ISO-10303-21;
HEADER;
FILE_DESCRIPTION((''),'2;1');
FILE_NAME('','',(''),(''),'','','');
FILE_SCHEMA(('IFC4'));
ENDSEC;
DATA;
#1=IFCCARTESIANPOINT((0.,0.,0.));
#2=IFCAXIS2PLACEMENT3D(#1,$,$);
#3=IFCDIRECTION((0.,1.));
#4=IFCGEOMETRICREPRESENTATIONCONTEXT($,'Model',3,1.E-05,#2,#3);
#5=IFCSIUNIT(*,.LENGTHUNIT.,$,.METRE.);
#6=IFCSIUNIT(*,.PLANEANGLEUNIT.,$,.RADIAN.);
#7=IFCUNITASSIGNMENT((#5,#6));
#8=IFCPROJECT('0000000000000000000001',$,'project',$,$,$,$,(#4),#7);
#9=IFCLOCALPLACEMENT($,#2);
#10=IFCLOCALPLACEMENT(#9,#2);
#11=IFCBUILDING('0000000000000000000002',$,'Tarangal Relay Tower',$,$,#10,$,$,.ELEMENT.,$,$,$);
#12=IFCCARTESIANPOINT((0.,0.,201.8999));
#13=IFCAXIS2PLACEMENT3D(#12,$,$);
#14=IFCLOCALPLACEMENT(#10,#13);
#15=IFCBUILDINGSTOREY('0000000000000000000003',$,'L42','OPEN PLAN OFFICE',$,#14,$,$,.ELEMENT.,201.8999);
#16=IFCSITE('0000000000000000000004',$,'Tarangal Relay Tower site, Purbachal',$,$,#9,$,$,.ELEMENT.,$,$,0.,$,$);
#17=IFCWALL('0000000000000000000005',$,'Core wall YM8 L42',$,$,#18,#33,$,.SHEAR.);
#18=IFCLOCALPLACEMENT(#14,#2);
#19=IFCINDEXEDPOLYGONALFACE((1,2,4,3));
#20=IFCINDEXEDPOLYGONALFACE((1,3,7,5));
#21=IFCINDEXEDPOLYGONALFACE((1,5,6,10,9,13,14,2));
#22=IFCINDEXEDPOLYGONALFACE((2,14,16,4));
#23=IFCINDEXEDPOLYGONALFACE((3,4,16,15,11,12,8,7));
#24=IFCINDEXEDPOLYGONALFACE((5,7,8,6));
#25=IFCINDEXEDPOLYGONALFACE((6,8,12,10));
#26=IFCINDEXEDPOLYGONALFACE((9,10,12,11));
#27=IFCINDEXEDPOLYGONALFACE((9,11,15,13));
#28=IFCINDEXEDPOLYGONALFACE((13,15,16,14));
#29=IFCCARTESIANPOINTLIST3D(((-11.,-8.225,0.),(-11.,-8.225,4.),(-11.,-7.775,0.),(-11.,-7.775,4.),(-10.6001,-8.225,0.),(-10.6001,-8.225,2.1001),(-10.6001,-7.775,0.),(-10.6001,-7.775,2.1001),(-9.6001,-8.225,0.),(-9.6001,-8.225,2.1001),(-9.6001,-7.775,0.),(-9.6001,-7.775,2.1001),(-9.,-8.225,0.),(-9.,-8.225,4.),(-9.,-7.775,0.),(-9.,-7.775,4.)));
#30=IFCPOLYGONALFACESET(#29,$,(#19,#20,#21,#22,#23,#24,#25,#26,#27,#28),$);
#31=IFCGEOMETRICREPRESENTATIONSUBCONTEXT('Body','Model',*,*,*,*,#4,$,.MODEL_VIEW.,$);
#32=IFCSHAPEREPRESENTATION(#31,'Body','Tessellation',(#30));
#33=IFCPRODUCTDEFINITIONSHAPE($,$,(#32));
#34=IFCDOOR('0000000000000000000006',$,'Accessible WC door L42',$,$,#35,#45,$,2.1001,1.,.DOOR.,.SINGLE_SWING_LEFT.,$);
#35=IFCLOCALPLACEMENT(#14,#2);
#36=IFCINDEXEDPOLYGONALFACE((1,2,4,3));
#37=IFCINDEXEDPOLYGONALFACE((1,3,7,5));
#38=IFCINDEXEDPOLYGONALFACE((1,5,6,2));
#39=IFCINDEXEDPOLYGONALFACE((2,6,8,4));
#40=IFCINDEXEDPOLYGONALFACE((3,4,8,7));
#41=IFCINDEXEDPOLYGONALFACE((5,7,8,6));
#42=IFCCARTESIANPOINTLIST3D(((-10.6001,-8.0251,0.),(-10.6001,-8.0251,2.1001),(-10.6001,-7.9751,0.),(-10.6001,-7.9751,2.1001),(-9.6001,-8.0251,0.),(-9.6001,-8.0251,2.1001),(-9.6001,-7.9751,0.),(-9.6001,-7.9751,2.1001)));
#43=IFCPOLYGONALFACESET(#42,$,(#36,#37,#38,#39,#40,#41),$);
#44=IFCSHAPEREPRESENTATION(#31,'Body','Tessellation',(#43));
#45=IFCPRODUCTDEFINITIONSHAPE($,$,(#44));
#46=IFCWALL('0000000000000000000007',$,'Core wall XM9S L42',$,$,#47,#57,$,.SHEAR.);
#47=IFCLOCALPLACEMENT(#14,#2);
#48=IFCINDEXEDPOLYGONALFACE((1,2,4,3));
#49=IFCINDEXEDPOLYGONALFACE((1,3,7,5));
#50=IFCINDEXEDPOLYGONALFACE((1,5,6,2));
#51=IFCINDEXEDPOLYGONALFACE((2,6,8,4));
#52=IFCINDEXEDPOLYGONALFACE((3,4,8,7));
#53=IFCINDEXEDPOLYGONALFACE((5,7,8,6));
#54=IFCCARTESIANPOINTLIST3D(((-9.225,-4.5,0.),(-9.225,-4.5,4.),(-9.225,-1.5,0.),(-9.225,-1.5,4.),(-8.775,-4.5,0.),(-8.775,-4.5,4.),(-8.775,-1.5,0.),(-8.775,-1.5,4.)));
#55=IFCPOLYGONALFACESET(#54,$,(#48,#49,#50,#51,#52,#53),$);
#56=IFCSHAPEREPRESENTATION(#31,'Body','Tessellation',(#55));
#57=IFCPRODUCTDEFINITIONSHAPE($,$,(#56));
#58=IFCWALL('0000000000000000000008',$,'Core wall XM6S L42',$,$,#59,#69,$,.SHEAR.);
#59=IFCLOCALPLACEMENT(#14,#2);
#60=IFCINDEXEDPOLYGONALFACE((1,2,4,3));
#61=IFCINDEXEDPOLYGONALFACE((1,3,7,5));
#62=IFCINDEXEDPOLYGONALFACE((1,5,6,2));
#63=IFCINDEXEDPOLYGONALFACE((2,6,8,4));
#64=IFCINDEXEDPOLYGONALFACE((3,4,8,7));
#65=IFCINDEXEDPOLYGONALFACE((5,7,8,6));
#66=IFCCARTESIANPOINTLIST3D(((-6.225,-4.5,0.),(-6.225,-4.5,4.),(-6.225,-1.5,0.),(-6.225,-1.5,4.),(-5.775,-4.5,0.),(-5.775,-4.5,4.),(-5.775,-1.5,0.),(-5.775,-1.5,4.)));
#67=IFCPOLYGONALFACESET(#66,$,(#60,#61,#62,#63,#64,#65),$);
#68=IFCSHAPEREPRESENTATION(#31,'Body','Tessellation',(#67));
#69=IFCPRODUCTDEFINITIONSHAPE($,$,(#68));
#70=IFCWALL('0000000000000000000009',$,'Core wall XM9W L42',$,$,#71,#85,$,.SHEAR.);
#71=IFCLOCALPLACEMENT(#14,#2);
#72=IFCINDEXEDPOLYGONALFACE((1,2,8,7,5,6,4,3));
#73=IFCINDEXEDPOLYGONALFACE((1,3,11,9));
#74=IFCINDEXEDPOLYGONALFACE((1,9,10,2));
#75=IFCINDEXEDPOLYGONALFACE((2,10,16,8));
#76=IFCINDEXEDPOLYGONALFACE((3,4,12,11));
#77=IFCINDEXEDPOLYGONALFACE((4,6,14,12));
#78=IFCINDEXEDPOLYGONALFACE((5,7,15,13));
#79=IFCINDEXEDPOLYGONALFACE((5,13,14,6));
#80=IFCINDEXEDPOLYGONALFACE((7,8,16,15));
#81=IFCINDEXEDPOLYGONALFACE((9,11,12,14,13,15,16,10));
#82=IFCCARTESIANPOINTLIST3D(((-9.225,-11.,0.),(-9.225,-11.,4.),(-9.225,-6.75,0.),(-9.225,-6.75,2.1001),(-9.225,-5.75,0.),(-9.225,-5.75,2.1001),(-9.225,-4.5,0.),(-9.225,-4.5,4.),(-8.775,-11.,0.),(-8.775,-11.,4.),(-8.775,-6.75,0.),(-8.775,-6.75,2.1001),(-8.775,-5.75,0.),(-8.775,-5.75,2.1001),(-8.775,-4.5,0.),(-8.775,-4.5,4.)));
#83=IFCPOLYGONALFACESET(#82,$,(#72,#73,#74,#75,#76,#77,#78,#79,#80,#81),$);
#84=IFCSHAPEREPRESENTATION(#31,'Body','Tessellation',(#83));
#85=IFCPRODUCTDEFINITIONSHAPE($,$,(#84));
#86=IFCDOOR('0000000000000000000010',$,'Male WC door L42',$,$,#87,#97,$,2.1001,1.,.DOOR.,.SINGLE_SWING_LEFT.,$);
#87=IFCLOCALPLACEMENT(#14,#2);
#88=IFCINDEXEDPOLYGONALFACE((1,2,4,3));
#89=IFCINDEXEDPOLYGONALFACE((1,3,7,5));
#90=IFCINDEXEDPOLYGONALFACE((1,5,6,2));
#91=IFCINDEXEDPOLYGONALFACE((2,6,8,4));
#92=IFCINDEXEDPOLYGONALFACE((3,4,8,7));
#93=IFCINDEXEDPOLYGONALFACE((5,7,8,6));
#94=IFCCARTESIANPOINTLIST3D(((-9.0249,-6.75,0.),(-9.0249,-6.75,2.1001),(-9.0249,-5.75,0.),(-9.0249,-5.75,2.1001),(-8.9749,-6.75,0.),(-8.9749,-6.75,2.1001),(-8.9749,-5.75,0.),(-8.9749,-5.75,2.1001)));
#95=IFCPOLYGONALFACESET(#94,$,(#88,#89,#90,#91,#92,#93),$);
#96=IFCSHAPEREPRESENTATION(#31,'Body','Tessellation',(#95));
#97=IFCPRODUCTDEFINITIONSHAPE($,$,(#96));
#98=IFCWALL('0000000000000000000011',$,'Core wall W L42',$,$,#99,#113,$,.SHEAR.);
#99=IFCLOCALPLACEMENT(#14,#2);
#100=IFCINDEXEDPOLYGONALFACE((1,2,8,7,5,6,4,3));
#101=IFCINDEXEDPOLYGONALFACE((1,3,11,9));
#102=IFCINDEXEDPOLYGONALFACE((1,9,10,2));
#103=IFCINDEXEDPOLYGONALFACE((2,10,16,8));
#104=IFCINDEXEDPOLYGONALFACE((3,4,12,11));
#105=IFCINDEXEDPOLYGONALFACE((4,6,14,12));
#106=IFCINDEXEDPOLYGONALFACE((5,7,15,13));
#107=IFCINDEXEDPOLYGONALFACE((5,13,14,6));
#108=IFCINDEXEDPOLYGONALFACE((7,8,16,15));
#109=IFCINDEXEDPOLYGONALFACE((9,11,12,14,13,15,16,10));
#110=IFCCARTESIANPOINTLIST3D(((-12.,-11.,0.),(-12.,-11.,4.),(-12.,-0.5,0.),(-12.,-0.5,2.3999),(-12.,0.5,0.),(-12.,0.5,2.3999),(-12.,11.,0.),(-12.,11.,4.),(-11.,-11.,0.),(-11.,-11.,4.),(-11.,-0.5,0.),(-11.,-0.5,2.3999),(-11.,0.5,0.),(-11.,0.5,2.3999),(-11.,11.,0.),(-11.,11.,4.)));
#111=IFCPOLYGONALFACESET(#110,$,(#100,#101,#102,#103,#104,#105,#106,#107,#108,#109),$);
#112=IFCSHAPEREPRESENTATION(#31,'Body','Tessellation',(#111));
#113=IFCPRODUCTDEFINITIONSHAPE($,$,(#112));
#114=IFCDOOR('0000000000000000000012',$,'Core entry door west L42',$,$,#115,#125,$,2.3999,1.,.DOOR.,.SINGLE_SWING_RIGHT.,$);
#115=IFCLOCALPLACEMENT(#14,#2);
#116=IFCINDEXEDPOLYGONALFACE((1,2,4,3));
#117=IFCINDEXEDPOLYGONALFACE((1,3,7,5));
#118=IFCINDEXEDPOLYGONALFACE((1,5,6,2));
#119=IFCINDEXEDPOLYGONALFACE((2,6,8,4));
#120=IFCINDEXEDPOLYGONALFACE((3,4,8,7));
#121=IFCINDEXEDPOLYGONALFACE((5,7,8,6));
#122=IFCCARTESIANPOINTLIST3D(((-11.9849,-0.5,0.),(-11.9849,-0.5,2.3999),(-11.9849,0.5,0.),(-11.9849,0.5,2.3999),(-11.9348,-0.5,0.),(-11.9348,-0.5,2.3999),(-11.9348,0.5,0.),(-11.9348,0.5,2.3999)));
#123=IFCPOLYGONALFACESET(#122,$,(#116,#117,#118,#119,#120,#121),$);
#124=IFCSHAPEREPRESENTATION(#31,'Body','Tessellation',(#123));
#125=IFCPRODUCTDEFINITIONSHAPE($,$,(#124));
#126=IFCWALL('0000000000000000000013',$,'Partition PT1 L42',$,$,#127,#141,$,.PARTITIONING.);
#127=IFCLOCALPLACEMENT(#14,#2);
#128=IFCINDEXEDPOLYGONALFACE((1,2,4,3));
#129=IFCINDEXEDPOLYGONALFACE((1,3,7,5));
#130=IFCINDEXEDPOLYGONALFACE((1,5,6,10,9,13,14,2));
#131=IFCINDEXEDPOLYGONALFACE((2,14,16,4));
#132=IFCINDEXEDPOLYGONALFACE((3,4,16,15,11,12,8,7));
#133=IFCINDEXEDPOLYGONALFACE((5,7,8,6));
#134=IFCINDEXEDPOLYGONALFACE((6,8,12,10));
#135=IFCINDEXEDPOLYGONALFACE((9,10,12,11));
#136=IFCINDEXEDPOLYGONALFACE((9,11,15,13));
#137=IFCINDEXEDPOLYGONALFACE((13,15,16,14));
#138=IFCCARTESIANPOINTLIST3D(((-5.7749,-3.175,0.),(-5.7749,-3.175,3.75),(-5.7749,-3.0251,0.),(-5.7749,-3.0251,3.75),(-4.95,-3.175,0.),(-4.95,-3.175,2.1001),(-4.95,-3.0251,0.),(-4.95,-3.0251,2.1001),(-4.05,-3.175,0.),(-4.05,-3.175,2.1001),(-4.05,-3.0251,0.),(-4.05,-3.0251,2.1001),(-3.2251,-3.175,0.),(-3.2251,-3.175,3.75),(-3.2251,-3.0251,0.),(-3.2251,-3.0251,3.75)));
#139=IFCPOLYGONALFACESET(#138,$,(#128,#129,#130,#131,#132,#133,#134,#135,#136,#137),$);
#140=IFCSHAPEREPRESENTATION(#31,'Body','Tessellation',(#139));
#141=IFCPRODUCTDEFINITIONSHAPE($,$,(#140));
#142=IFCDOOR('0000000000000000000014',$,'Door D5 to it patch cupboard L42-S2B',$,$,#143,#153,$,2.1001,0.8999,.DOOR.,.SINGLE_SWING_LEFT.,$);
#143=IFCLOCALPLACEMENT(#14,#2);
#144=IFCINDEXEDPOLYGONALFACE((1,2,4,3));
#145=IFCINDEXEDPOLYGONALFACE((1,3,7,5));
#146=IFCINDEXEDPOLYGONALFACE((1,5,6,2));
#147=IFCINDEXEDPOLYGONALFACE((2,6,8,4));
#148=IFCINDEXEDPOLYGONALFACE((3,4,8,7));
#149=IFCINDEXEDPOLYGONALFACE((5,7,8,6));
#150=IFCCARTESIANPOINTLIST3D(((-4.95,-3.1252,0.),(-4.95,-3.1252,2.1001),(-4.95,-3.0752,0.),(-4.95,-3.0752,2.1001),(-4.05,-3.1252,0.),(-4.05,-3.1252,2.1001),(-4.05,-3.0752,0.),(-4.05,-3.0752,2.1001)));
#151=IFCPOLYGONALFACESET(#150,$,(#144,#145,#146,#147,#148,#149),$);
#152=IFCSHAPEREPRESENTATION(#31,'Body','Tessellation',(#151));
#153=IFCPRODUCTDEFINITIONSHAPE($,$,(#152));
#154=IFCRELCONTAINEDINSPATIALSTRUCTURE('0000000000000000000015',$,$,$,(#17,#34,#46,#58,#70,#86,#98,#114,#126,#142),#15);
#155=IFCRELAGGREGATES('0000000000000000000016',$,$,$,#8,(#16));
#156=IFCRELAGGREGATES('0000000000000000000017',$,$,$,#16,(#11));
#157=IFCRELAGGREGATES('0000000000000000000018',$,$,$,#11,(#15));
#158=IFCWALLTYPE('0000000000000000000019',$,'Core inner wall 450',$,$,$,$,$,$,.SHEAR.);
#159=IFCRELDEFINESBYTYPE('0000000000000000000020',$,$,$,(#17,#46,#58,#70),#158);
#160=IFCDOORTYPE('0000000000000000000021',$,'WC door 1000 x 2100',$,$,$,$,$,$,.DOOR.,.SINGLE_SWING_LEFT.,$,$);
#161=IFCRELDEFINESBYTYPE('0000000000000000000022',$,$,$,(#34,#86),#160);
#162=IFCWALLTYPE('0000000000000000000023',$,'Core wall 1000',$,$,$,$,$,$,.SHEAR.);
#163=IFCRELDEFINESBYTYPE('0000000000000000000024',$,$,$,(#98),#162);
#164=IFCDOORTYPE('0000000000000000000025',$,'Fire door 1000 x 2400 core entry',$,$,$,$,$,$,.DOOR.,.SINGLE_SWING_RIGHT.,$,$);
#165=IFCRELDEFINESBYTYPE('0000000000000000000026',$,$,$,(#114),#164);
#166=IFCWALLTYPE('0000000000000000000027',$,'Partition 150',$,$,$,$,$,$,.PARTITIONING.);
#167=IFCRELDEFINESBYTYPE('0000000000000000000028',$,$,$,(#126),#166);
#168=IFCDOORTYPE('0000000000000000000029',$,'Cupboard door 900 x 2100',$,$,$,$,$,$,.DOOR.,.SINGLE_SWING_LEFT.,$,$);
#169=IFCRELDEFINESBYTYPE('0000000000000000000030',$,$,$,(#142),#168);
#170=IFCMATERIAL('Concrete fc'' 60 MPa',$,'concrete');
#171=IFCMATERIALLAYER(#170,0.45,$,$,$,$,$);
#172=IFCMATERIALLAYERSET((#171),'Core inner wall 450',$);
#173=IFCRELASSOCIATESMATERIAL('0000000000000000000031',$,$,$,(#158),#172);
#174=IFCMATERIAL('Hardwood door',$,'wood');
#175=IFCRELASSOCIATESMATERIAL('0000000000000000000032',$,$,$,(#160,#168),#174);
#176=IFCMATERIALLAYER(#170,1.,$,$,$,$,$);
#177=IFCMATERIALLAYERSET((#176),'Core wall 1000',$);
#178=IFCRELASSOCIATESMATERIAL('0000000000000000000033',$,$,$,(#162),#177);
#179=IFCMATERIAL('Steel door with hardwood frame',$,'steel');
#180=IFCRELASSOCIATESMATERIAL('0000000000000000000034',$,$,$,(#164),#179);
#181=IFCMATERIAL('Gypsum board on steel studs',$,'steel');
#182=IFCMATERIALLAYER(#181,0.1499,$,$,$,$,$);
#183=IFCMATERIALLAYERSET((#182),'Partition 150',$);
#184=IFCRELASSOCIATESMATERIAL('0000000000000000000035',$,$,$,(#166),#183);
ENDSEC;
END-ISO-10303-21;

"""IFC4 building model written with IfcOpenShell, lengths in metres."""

from ifc_helpers import new_model, si_unit, direction, frame, frame_2d, origin, place, context, subcontext, project, spatial, rectangle, extrude, material, layer, layer_set, type_object, element, fill, save


model = new_model("IFC4")

# Units and contexts
model_context = context("Model", 3, precision=1e-05, world=origin(), true_north=direction((0.0, 1.0)))
body_context = subcontext(model_context, "Body", "Model", "MODEL_VIEW")
ifc_project = project(units=[si_unit("LENGTHUNIT", "METRE"), si_unit("PLANEANGLEUNIT", "RADIAN")], contexts=[model_context])

# Site, building, storey
site_placement = place(None, origin())
site = spatial("IfcSite", under=ifc_project, at=site_placement, Name="Tarangal Relay Tower site, Purbachal", CompositionType="ELEMENT", RefElevation=0.0)
building_placement = place(site_placement, origin())
building = spatial("IfcBuilding", under=site, at=building_placement, Name="Tarangal Relay Tower", CompositionType="ELEMENT")
storey_placement = place(building_placement, frame((0.0, 0.0, 201.8999)))
storey = spatial("IfcBuildingStorey", under=building, at=storey_placement, Name="L42", Description="OPEN PLAN OFFICE", CompositionType="ELEMENT", Elevation=201.8999)

# Shared definitions
ifc_material_1 = material(Name="Concrete fc' 60 MPa", Category="concrete")
ifc_layer_1 = layer(ifc_material_1, 0.45)
ifc_layer_set_1 = layer_set([ifc_layer_1], Name="Core inner wall 450")
wall_type_1 = type_object("IfcWallType", Name="Core inner wall 450", PredefinedType="SHEAR", material=ifc_layer_set_1)
ifc_material_2 = material(Name="Steel door with hardwood frame", Category="steel")

# Wall, opening, door
wall_1_placement = place(storey_placement, frame((-11.0, -8.0, 0.0), z_axis=(0.0, 0.0, 1.0), x_axis=(1.0, 0.0, 0.0)))
wall_1 = element("IfcWall", 1, at=wall_1_placement, inside=storey, type_object=wall_type_1, Name="Core wall YM8 L42", PredefinedType="SHEAR", context=body_context, shape_type="SweptSolid", body=[
    extrude(rectangle(XDim=2.0, YDim=0.45, at=frame_2d((1.0, 0.0))), origin(), (0.0, 0.0, 1.0), 4.0),
])
opening_1_placement = place(wall_1_placement, frame((0.3999, 0.0, 0.0)))
opening_1 = element("IfcOpeningElement", 2, at=opening_1_placement, cuts=wall_1, PredefinedType="OPENING", context=body_context, shape_type="SweptSolid", body=[
    extrude(rectangle(XDim=1.0, YDim=2.1001, at=frame_2d((0.5, 1.05))), frame((0.0, 0.2349, 0.0), z_axis=(0.0, -1.0, 0.0), x_axis=(1.0, 0.0, 0.0)), (0.0, 0.0, 1.0), 0.47),
])
ifc_material_3 = material(Name="Hardwood door", Category="wood")
door_type_1 = type_object("IfcDoorType", Name="WC door 1000 x 2100", OperationType="SINGLE_SWING_LEFT", PredefinedType="DOOR", material=ifc_material_3)
door_1_placement = place(opening_1_placement, origin())
door_1 = element("IfcDoor", 3, at=door_1_placement, inside=storey, type_object=door_type_1, Name="Accessible WC door L42", OperationType="SINGLE_SWING_LEFT", OverallHeight=2.1001, OverallWidth=1.0, PredefinedType="DOOR", context=body_context, shape_type="SweptSolid", body=[
    extrude(rectangle(XDim=1.0, YDim=2.1001, at=frame_2d((0.5, 1.05))), frame((0.0, 0.0249, 0.0), z_axis=(0.0, -1.0, 0.0), x_axis=(1.0, 0.0, 0.0)), (0.0, 0.0, 1.0), 0.05),
])
fill(opening_1, door_1)

# Walls
for number, where, z_axis, x_axis, name in (
    (4, (-9.0, -4.5, 0.0), (0.0, 0.0, 1.0), (0.0, 1.0, 0.0), "Core wall XM9S L42"),
    (5, (-6.0, -4.5, 0.0), (0.0, 0.0, 1.0), (0.0, 1.0, 0.0), "Core wall XM6S L42"),
):
    element("IfcWall", number, at=place(storey_placement, frame(where, z_axis=z_axis, x_axis=x_axis)), inside=storey, type_object=wall_type_1, Name=name, PredefinedType="SHEAR", context=body_context, shape_type="SweptSolid", body=[
        extrude(rectangle(XDim=3.0, YDim=0.45, at=frame_2d((1.5, 0.0))), origin(), (0.0, 0.0, 1.0), 4.0),
    ])

# Walls, openings, doors
wall_2_placement = place(storey_placement, frame((-9.0, -11.0, 0.0), z_axis=(0.0, 0.0, 1.0), x_axis=(0.0, 1.0, 0.0)))
wall_2 = element("IfcWall", 6, at=wall_2_placement, inside=storey, type_object=wall_type_1, Name="Core wall XM9W L42", PredefinedType="SHEAR", context=body_context, shape_type="SweptSolid", body=[
    extrude(rectangle(XDim=6.5, YDim=0.45, at=frame_2d((3.25, 0.0))), origin(), (0.0, 0.0, 1.0), 4.0),
])
opening_2_placement = place(wall_2_placement, frame((4.25, 0.0, 0.0)))
opening_2 = element("IfcOpeningElement", 7, at=opening_2_placement, cuts=wall_2, PredefinedType="OPENING", context=body_context, shape_type="SweptSolid", body=[
    extrude(rectangle(XDim=1.0, YDim=2.1001, at=frame_2d((0.5, 1.05))), frame((0.0, 0.2349, 0.0), z_axis=(0.0, -1.0, 0.0), x_axis=(1.0, 0.0, 0.0)), (0.0, 0.0, 1.0), 0.47),
])
door_2_placement = place(opening_2_placement, origin())
door_2 = element("IfcDoor", 8, at=door_2_placement, inside=storey, type_object=door_type_1, Name="Male WC door L42", OperationType="SINGLE_SWING_LEFT", OverallHeight=2.1001, OverallWidth=1.0, PredefinedType="DOOR", context=body_context, shape_type="SweptSolid", body=[
    extrude(rectangle(XDim=1.0, YDim=2.1001, at=frame_2d((0.5, 1.05))), frame((0.0, 0.0249, 0.0), z_axis=(0.0, -1.0, 0.0), x_axis=(1.0, 0.0, 0.0)), (0.0, 0.0, 1.0), 0.05),
])
fill(opening_2, door_2)
ifc_layer_2 = layer(ifc_material_1, 1.0)
ifc_layer_set_2 = layer_set([ifc_layer_2], Name="Core wall 1000")
wall_type_2 = type_object("IfcWallType", Name="Core wall 1000", PredefinedType="SHEAR", material=ifc_layer_set_2)
wall_3_placement = place(storey_placement, frame((-11.5, -11.0, 0.0), z_axis=(0.0, 0.0, 1.0), x_axis=(0.0, 1.0, 0.0)))
wall_3 = element("IfcWall", 9, at=wall_3_placement, inside=storey, type_object=wall_type_2, Name="Core wall W L42", PredefinedType="SHEAR", context=body_context, shape_type="SweptSolid", body=[
    extrude(rectangle(XDim=22.0, YDim=1.0, at=frame_2d((11.0, 0.0))), origin(), (0.0, 0.0, 1.0), 4.0),
])
opening_3_placement = place(wall_3_placement, frame((10.5, 0.0, 0.0)))
opening_3 = element("IfcOpeningElement", 10, at=opening_3_placement, cuts=wall_3, PredefinedType="OPENING", context=body_context, shape_type="SweptSolid", body=[
    extrude(rectangle(XDim=1.0, YDim=2.3999, at=frame_2d((0.5, 1.2))), frame((0.0, 0.51, 0.0), z_axis=(0.0, -1.0, 0.0), x_axis=(1.0, 0.0, 0.0)), (0.0, 0.0, 1.0), 1.02),
])
door_type_2 = type_object("IfcDoorType", Name="Fire door 1000 x 2400 core entry", OperationType="SINGLE_SWING_RIGHT", PredefinedType="DOOR", material=ifc_material_2)
door_3_placement = place(opening_3_placement, origin())
door_3 = element("IfcDoor", 11, at=door_3_placement, inside=storey, type_object=door_type_2, Name="Core entry door west L42", OperationType="SINGLE_SWING_RIGHT", OverallHeight=2.3999, OverallWidth=1.0, PredefinedType="DOOR", context=body_context, shape_type="SweptSolid", body=[
    extrude(rectangle(XDim=1.0, YDim=2.3999, at=frame_2d((0.5, 1.2))), frame((0.0, 0.4849, 0.0), z_axis=(0.0, -1.0, 0.0), x_axis=(1.0, 0.0, 0.0)), (0.0, 0.0, 1.0), 0.05),
])
fill(opening_3, door_3)
ifc_material_4 = material(Name="Gypsum board on steel studs", Category="steel")
ifc_layer_3 = layer(ifc_material_4, 0.1499)
ifc_layer_set_3 = layer_set([ifc_layer_3], Name="Partition 150")
wall_type_3 = type_object("IfcWallType", Name="Partition 150", PredefinedType="PARTITIONING", material=ifc_layer_set_3)
wall_4_placement = place(storey_placement, frame((-5.7749, -3.1001, 0.0), z_axis=(0.0, 0.0, 1.0), x_axis=(1.0, 0.0, 0.0)))
wall_4 = element("IfcWall", 12, at=wall_4_placement, inside=storey, type_object=wall_type_3, Name="Partition PT1 L42", PredefinedType="PARTITIONING", context=body_context, shape_type="SweptSolid", body=[
    extrude(rectangle(XDim=2.5498, YDim=0.1499, at=frame_2d((1.2749, 0.0))), origin(), (0.0, 0.0, 1.0), 3.75),
])
opening_4_placement = place(wall_4_placement, frame((0.825, 0.0, 0.0)))
opening_4 = element("IfcOpeningElement", 13, at=opening_4_placement, cuts=wall_4, PredefinedType="OPENING", context=body_context, shape_type="SweptSolid", body=[
    extrude(rectangle(XDim=0.8999, YDim=2.1001, at=frame_2d((0.45, 1.05))), frame((0.0, 0.085, 0.0), z_axis=(0.0, -1.0, 0.0), x_axis=(1.0, 0.0, 0.0)), (0.0, 0.0, 1.0), 0.1699),
])
door_type_3 = type_object("IfcDoorType", Name="Cupboard door 900 x 2100", OperationType="SINGLE_SWING_LEFT", PredefinedType="DOOR", material=ifc_material_3)
door_4_placement = place(opening_4_placement, origin())
door_4 = element("IfcDoor", 14, at=door_4_placement, inside=storey, type_object=door_type_3, Name="Door D5 to it patch cupboard L42-S2B", OperationType="SINGLE_SWING_LEFT", OverallHeight=2.1001, OverallWidth=0.8999, PredefinedType="DOOR", context=body_context, shape_type="SweptSolid", body=[
    extrude(rectangle(XDim=0.8999, YDim=2.1001, at=frame_2d((0.45, 1.05))), frame((0.0, 0.0249, 0.0), z_axis=(0.0, -1.0, 0.0), x_axis=(1.0, 0.0, 0.0)), (0.0, 0.0, 1.0), 0.05),
])
fill(opening_4, door_4)

save(model, "model.ifc")
